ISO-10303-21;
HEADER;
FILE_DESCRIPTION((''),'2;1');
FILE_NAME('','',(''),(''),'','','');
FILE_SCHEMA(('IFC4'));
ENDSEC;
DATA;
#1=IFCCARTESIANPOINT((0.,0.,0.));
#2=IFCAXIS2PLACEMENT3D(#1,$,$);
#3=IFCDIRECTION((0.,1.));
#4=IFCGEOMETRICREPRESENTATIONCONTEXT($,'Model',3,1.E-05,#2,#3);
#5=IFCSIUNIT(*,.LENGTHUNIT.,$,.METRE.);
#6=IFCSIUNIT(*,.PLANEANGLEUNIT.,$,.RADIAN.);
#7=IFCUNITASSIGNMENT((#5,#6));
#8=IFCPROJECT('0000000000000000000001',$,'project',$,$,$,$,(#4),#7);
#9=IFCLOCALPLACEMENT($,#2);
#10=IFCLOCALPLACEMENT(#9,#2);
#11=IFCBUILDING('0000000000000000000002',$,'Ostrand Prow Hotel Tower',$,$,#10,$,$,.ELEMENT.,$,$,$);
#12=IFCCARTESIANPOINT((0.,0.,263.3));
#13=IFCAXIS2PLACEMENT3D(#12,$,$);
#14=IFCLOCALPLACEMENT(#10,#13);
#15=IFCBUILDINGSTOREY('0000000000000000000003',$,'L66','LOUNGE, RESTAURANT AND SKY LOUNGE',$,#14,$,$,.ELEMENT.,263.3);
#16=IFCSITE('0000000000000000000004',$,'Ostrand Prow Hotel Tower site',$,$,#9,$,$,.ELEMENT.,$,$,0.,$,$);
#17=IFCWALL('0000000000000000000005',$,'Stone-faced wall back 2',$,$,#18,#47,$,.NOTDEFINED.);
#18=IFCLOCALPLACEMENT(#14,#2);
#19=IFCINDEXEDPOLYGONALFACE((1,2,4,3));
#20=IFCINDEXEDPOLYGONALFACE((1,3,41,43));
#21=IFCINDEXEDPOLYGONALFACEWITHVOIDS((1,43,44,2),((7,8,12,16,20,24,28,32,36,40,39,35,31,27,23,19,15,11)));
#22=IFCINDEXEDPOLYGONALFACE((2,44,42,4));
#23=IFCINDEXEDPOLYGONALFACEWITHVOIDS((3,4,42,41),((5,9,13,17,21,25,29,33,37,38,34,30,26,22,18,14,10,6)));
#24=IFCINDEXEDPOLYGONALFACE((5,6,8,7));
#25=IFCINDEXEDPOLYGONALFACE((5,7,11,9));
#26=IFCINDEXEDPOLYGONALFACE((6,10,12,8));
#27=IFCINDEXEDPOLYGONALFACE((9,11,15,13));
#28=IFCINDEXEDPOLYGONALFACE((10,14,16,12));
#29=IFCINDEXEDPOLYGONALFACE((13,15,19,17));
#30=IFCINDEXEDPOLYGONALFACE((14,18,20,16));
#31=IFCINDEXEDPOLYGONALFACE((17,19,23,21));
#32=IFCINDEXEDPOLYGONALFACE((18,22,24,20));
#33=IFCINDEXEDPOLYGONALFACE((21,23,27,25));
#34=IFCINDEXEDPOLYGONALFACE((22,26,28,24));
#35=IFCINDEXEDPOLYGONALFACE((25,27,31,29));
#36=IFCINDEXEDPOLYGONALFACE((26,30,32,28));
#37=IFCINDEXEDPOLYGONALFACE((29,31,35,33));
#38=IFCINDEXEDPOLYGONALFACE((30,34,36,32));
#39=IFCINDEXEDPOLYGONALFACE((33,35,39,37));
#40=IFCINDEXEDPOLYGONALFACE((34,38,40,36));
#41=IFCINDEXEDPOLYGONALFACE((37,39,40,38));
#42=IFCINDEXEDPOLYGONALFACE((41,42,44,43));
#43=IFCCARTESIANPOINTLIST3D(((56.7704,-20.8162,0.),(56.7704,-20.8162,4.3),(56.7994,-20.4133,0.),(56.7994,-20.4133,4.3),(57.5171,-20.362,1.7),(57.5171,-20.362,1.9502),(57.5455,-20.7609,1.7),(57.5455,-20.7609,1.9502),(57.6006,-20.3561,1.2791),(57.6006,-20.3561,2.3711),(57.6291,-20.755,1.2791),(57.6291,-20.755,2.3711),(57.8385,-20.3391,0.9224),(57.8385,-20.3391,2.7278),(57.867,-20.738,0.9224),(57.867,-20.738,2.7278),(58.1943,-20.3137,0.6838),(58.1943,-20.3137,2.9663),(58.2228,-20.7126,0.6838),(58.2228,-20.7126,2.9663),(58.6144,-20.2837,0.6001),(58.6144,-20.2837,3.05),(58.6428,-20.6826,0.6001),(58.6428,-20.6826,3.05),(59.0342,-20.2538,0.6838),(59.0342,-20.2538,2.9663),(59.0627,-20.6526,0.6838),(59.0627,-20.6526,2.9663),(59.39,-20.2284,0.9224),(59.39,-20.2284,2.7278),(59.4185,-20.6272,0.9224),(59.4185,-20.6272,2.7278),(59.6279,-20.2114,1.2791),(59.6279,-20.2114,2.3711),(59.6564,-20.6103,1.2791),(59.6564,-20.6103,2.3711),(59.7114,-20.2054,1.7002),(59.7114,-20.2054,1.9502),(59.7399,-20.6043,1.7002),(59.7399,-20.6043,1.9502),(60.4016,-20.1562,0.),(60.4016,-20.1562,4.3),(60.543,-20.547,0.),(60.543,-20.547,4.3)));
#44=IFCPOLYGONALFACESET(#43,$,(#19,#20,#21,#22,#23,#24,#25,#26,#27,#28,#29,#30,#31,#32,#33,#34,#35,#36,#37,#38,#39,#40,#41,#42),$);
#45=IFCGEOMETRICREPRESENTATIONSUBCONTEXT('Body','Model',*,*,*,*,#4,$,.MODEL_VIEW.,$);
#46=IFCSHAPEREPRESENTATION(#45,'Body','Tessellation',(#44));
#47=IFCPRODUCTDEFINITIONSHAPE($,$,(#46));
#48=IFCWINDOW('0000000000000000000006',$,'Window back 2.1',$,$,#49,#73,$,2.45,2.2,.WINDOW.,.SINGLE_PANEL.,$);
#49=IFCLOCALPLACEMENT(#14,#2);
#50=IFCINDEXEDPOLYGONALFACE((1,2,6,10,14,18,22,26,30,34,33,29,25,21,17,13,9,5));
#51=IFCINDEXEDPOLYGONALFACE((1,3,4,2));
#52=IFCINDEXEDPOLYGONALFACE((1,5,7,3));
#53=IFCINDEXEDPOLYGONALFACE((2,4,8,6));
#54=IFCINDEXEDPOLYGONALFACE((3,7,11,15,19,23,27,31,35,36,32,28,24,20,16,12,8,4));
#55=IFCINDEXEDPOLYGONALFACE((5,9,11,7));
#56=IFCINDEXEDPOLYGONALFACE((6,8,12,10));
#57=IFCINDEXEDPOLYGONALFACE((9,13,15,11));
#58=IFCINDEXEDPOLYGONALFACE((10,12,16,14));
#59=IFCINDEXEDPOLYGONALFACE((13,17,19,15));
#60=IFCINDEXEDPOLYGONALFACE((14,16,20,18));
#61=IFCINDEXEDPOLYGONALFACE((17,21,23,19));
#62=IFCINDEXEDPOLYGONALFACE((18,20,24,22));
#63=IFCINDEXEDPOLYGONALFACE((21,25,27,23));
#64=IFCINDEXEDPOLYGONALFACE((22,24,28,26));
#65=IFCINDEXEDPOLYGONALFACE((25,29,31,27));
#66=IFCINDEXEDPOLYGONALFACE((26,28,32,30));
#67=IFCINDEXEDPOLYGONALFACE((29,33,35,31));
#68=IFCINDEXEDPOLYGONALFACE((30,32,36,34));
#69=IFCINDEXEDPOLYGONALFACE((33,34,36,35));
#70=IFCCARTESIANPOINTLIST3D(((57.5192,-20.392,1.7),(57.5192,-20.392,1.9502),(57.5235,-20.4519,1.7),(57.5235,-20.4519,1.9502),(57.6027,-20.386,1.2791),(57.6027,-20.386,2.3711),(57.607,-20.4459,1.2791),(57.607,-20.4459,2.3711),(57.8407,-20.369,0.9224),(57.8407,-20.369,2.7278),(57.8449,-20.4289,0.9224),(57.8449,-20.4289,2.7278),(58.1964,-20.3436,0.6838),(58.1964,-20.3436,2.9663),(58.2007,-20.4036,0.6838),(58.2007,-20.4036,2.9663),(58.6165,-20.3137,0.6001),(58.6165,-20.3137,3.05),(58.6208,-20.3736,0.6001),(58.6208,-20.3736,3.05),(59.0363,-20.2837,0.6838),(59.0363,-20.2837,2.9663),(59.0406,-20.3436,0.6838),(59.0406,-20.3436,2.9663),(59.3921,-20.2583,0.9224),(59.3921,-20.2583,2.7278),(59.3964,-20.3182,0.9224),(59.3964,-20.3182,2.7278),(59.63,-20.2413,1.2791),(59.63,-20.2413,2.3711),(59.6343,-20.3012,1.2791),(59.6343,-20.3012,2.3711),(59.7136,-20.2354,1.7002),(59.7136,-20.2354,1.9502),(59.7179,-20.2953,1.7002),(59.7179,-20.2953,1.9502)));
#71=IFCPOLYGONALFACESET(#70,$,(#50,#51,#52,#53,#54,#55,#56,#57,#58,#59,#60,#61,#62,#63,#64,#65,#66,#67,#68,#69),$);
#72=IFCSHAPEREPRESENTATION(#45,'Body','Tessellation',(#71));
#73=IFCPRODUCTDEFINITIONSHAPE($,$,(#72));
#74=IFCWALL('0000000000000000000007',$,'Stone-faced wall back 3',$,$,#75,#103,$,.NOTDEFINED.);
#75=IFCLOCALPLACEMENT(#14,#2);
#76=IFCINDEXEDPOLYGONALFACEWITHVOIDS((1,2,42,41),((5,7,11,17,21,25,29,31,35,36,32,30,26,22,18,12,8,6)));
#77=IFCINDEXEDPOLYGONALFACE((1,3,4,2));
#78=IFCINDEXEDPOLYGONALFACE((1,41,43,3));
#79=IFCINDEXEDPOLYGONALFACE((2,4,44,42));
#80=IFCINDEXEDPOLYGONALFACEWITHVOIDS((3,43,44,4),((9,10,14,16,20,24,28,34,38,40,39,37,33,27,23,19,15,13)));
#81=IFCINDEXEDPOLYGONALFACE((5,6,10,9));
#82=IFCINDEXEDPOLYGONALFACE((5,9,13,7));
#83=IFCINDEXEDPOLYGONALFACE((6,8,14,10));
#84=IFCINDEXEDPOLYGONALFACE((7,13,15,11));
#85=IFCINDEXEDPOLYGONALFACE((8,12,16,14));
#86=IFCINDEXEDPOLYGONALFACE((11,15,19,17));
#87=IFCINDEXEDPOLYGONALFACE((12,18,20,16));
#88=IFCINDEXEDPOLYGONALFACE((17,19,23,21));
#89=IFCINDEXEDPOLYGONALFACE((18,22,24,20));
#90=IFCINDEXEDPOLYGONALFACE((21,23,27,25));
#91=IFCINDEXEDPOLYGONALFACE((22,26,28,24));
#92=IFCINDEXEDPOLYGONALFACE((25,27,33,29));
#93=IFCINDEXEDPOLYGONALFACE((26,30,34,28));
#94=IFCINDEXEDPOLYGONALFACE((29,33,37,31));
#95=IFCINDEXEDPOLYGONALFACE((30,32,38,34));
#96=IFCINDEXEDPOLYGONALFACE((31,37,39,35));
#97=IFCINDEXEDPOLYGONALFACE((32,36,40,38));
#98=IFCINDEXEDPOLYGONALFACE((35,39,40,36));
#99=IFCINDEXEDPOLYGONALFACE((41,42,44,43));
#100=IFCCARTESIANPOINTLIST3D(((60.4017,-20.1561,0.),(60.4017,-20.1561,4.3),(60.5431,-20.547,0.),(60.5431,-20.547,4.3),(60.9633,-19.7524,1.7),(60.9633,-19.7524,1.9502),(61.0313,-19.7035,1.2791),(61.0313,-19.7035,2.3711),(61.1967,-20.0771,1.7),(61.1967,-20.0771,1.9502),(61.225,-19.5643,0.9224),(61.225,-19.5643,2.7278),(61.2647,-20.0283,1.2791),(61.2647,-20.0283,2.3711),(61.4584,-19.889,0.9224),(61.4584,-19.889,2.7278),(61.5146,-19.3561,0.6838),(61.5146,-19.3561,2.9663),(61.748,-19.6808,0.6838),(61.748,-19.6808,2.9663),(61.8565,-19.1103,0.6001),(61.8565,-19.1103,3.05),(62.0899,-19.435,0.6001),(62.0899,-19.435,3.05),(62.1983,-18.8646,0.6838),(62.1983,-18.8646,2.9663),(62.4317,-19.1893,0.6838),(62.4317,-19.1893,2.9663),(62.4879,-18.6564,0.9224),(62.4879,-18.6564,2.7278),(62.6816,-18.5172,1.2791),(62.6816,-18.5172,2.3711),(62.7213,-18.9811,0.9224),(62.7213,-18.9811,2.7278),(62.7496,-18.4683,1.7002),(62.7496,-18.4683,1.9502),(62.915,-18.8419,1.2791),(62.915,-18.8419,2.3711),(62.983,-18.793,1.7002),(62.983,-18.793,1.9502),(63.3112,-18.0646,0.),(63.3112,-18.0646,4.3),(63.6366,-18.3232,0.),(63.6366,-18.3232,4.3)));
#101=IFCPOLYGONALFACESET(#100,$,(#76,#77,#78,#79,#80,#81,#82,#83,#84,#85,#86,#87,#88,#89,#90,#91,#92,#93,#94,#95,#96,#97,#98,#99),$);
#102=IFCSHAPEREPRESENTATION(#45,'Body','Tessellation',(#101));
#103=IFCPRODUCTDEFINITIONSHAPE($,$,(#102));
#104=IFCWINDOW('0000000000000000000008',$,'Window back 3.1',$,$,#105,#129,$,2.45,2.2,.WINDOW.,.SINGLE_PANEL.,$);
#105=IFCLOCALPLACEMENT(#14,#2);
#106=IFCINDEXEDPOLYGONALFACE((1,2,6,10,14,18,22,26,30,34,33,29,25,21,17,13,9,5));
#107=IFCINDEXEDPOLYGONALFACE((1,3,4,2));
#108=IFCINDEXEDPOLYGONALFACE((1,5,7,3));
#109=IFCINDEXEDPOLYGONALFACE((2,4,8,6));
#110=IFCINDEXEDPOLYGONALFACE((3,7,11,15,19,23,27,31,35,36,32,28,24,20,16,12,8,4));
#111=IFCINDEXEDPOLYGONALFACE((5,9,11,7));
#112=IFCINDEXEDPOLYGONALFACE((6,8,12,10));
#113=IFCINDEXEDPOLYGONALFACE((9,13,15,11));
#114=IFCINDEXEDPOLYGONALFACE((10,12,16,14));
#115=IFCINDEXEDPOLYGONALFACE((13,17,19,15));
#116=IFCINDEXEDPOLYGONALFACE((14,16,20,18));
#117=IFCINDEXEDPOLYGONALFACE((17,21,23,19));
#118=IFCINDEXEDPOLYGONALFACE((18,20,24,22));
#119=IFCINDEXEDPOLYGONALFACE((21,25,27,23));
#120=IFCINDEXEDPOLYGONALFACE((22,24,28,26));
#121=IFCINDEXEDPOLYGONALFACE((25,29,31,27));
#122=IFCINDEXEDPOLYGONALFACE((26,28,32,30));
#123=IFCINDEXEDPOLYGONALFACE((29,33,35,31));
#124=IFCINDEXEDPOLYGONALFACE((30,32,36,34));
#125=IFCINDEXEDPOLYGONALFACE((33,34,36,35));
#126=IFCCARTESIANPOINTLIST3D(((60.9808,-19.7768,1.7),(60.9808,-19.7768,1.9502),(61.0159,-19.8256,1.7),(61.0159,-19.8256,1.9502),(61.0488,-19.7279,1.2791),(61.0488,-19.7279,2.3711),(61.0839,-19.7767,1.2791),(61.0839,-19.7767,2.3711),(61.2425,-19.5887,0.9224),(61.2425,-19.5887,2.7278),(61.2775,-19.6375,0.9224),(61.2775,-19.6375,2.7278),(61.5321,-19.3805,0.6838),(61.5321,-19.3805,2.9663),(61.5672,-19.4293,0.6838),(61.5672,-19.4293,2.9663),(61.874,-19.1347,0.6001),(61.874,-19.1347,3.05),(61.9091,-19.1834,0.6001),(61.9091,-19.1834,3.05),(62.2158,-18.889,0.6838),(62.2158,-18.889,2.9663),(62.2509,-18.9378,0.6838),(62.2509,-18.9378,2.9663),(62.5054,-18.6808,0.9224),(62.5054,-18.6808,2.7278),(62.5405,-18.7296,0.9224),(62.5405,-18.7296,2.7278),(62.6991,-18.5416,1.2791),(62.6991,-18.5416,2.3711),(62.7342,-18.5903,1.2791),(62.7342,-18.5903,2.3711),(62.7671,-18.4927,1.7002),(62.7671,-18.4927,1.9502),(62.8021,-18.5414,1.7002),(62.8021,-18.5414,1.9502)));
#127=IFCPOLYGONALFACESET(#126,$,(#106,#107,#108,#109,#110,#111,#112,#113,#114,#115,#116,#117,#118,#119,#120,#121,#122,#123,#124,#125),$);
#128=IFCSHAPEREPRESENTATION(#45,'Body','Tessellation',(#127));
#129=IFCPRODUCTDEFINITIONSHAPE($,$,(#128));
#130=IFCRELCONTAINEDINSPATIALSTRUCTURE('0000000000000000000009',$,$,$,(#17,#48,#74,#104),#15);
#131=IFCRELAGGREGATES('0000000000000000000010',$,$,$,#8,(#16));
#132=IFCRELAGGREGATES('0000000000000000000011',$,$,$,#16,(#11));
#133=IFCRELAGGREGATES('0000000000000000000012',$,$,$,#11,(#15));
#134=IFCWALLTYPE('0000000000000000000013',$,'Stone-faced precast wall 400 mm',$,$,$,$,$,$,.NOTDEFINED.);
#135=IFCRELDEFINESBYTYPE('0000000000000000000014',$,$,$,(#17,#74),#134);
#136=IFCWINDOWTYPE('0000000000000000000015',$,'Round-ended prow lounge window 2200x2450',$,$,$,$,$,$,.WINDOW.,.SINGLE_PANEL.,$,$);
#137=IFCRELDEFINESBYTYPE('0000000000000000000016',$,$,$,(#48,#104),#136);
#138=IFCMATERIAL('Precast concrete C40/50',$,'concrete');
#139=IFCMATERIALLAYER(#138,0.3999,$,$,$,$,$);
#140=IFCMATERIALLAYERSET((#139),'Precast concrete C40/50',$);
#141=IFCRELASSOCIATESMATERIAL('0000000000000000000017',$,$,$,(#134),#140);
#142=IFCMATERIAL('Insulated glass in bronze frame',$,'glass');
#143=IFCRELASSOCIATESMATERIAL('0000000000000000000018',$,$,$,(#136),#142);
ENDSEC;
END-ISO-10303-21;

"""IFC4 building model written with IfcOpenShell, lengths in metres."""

from ifc_helpers import new_model, si_unit, direction, frame, origin, place, context, subcontext, project, spatial, polyline, outline, extrude, material, layer, layer_set, type_object, element, fill, save


model = new_model("IFC4")

# Units and contexts
model_context = context("Model", 3, precision=1e-05, world=origin(), true_north=direction((0.0, 1.0)))
body_context = subcontext(model_context, "Body", "Model", "MODEL_VIEW")
ifc_project = project(units=[si_unit("LENGTHUNIT", "METRE"), si_unit("PLANEANGLEUNIT", "RADIAN")], contexts=[model_context])

# Site, building, storey
site_placement = place(None, origin())
site = spatial("IfcSite", under=ifc_project, at=site_placement, Name="Ostrand Prow Hotel Tower site", CompositionType="ELEMENT", RefElevation=0.0)
building_placement = place(site_placement, origin())
building = spatial("IfcBuilding", under=site, at=building_placement, Name="Ostrand Prow Hotel Tower", CompositionType="ELEMENT")
storey_placement = place(building_placement, frame((0.0, 0.0, 263.3)))
storey = spatial("IfcBuildingStorey", under=building, at=storey_placement, Name="L66", Description="LOUNGE, RESTAURANT AND SKY LOUNGE", CompositionType="ELEMENT", Elevation=263.3)

# Walls, openings, windows
ifc_material_1 = material(Name="Precast concrete C40/50", Category="concrete")
ifc_layer_1 = layer(ifc_material_1, 0.3999)
ifc_layer_set_1 = layer_set([ifc_layer_1], Name="Precast concrete C40/50")
wall_type_1 = type_object("IfcWallType", Name="Stone-faced precast wall 400 mm", PredefinedType="NOTDEFINED", material=ifc_layer_set_1)
wall_1_placement = place(storey_placement, frame((56.7849, -20.6147, 0.0), z_axis=(0.0, 0.0, 1.0), x_axis=(0.997463, 0.071191, 0.0)))
wall_1 = element("IfcWall", 1, at=wall_1_placement, inside=storey, type_object=wall_type_1, Name="Stone-faced wall back 2", PredefinedType="NOTDEFINED", context=body_context, shape_type="SweptSolid", body=[
    extrude(outline(polyline([(-0.0288, -0.2), (3.7534, -0.2), (3.6401, 0.2), (0.0288, 0.2), (-0.0288, -0.2)])), origin(), (0.0, 0.0, 1.0), 4.3),
])
opening_1_placement = place(wall_1_placement, frame((0.7483, 0.0, 0.6001)))
opening_1 = element("IfcOpeningElement", 2, at=opening_1_placement, cuts=wall_1, PredefinedType="OPENING", context=body_context, shape_type="SweptSolid", body=[
    extrude(outline(polyline([(0.0, 1.3501), (0.0837, 1.771), (0.3223, 2.1277), (0.679, 2.3662), (1.1001, 2.45), (1.521, 2.3662), (1.8777, 2.1277), (2.1162, 1.771), (2.2, 1.3501), (2.2, 1.1001), (2.1162, 0.679), (1.8777, 0.3223), (1.521, 0.0837), (1.1001, 0.0), (0.679, 0.0837), (0.3223, 0.3223), (0.0837, 0.679), (0.0, 1.0999), (0.0, 1.3501)])), frame((0.0, 0.21, 0.0), z_axis=(0.0, -1.0, 0.0), x_axis=(1.0, 0.0, 0.0)), (0.0, 0.0, 1.0), 0.4199),
])
ifc_material_2 = material(Name="Insulated glass in bronze frame", Category="glass")
window_type_1 = type_object("IfcWindowType", Name="Round-ended prow lounge window 2200x2450", PartitioningType="SINGLE_PANEL", PredefinedType="WINDOW", material=ifc_material_2)
window_1_placement = place(opening_1_placement, origin())
window_1 = element("IfcWindow", 3, at=window_1_placement, inside=storey, type_object=window_type_1, Name="Window back 2.1", OverallHeight=2.45, OverallWidth=2.2, PartitioningType="SINGLE_PANEL", PredefinedType="WINDOW", context=body_context, shape_type="SweptSolid", body=[
    extrude(outline(polyline([(0.0, 1.3501), (0.0837, 1.771), (0.3223, 2.1277), (0.679, 2.3662), (1.1001, 2.45), (1.521, 2.3662), (1.8777, 2.1277), (2.1162, 1.771), (2.2, 1.3501), (2.2, 1.1001), (2.1162, 0.679), (1.8777, 0.3223), (1.521, 0.0837), (1.1001, 0.0), (0.679, 0.0837), (0.3223, 0.3223), (0.0837, 0.679), (0.0, 1.0999), (0.0, 1.3501)])), frame((0.0, 0.1699, 0.0), z_axis=(0.0, -1.0, 0.0), x_axis=(1.0, 0.0, 0.0)), (0.0, 0.0, 1.0), 0.0601),
])
fill(opening_1, window_1)
wall_2_placement = place(storey_placement, frame((60.4724, -20.3516, 0.0), z_axis=(0.0, 0.0, 1.0), x_axis=(0.811963, 0.58371, 0.0)))
wall_2 = element("IfcWall", 4, at=wall_2_placement, inside=storey, type_object=wall_type_1, Name="Stone-faced wall back 3", PredefinedType="NOTDEFINED", context=body_context, shape_type="SweptSolid", body=[
    extrude(outline(polyline([(-0.0566, -0.2), (3.7532, -0.2), (3.6399, 0.2), (0.0566, 0.2), (-0.0566, -0.2)])), origin(), (0.0, 0.0, 1.0), 4.3),
])
opening_2_placement = place(wall_2_placement, frame((0.7483, 0.0, 0.6001)))
opening_2 = element("IfcOpeningElement", 5, at=opening_2_placement, cuts=wall_2, PredefinedType="OPENING", context=body_context, shape_type="SweptSolid", body=[
    extrude(outline(polyline([(0.0, 1.3501), (0.0837, 1.771), (0.3223, 2.1277), (0.679, 2.3662), (1.1001, 2.45), (1.521, 2.3662), (1.8777, 2.1277), (2.1162, 1.771), (2.2, 1.3501), (2.2, 1.1001), (2.1162, 0.679), (1.8777, 0.3223), (1.521, 0.0837), (1.1001, 0.0), (0.679, 0.0837), (0.3223, 0.3223), (0.0837, 0.679), (0.0, 1.0999), (0.0, 1.3501)])), frame((0.0, 0.21, 0.0), z_axis=(0.0, -1.0, 0.0), x_axis=(1.0, 0.0, 0.0)), (0.0, 0.0, 1.0), 0.4199),
])
window_2_placement = place(opening_2_placement, origin())
window_2 = element("IfcWindow", 6, at=window_2_placement, inside=storey, type_object=window_type_1, Name="Window back 3.1", OverallHeight=2.45, OverallWidth=2.2, PartitioningType="SINGLE_PANEL", PredefinedType="WINDOW", context=body_context, shape_type="SweptSolid", body=[
    extrude(outline(polyline([(0.0, 1.3501), (0.0837, 1.771), (0.3223, 2.1277), (0.679, 2.3662), (1.1001, 2.45), (1.521, 2.3662), (1.8777, 2.1277), (2.1162, 1.771), (2.2, 1.3501), (2.2, 1.1001), (2.1162, 0.679), (1.8777, 0.3223), (1.521, 0.0837), (1.1001, 0.0), (0.679, 0.0837), (0.3223, 0.3223), (0.0837, 0.679), (0.0, 1.0999), (0.0, 1.3501)])), frame((0.0, 0.1699, 0.0), z_axis=(0.0, -1.0, 0.0), x_axis=(1.0, 0.0, 0.0)), (0.0, 0.0, 1.0), 0.0601),
])
fill(opening_2, window_2)

save(model, "model.ifc")
